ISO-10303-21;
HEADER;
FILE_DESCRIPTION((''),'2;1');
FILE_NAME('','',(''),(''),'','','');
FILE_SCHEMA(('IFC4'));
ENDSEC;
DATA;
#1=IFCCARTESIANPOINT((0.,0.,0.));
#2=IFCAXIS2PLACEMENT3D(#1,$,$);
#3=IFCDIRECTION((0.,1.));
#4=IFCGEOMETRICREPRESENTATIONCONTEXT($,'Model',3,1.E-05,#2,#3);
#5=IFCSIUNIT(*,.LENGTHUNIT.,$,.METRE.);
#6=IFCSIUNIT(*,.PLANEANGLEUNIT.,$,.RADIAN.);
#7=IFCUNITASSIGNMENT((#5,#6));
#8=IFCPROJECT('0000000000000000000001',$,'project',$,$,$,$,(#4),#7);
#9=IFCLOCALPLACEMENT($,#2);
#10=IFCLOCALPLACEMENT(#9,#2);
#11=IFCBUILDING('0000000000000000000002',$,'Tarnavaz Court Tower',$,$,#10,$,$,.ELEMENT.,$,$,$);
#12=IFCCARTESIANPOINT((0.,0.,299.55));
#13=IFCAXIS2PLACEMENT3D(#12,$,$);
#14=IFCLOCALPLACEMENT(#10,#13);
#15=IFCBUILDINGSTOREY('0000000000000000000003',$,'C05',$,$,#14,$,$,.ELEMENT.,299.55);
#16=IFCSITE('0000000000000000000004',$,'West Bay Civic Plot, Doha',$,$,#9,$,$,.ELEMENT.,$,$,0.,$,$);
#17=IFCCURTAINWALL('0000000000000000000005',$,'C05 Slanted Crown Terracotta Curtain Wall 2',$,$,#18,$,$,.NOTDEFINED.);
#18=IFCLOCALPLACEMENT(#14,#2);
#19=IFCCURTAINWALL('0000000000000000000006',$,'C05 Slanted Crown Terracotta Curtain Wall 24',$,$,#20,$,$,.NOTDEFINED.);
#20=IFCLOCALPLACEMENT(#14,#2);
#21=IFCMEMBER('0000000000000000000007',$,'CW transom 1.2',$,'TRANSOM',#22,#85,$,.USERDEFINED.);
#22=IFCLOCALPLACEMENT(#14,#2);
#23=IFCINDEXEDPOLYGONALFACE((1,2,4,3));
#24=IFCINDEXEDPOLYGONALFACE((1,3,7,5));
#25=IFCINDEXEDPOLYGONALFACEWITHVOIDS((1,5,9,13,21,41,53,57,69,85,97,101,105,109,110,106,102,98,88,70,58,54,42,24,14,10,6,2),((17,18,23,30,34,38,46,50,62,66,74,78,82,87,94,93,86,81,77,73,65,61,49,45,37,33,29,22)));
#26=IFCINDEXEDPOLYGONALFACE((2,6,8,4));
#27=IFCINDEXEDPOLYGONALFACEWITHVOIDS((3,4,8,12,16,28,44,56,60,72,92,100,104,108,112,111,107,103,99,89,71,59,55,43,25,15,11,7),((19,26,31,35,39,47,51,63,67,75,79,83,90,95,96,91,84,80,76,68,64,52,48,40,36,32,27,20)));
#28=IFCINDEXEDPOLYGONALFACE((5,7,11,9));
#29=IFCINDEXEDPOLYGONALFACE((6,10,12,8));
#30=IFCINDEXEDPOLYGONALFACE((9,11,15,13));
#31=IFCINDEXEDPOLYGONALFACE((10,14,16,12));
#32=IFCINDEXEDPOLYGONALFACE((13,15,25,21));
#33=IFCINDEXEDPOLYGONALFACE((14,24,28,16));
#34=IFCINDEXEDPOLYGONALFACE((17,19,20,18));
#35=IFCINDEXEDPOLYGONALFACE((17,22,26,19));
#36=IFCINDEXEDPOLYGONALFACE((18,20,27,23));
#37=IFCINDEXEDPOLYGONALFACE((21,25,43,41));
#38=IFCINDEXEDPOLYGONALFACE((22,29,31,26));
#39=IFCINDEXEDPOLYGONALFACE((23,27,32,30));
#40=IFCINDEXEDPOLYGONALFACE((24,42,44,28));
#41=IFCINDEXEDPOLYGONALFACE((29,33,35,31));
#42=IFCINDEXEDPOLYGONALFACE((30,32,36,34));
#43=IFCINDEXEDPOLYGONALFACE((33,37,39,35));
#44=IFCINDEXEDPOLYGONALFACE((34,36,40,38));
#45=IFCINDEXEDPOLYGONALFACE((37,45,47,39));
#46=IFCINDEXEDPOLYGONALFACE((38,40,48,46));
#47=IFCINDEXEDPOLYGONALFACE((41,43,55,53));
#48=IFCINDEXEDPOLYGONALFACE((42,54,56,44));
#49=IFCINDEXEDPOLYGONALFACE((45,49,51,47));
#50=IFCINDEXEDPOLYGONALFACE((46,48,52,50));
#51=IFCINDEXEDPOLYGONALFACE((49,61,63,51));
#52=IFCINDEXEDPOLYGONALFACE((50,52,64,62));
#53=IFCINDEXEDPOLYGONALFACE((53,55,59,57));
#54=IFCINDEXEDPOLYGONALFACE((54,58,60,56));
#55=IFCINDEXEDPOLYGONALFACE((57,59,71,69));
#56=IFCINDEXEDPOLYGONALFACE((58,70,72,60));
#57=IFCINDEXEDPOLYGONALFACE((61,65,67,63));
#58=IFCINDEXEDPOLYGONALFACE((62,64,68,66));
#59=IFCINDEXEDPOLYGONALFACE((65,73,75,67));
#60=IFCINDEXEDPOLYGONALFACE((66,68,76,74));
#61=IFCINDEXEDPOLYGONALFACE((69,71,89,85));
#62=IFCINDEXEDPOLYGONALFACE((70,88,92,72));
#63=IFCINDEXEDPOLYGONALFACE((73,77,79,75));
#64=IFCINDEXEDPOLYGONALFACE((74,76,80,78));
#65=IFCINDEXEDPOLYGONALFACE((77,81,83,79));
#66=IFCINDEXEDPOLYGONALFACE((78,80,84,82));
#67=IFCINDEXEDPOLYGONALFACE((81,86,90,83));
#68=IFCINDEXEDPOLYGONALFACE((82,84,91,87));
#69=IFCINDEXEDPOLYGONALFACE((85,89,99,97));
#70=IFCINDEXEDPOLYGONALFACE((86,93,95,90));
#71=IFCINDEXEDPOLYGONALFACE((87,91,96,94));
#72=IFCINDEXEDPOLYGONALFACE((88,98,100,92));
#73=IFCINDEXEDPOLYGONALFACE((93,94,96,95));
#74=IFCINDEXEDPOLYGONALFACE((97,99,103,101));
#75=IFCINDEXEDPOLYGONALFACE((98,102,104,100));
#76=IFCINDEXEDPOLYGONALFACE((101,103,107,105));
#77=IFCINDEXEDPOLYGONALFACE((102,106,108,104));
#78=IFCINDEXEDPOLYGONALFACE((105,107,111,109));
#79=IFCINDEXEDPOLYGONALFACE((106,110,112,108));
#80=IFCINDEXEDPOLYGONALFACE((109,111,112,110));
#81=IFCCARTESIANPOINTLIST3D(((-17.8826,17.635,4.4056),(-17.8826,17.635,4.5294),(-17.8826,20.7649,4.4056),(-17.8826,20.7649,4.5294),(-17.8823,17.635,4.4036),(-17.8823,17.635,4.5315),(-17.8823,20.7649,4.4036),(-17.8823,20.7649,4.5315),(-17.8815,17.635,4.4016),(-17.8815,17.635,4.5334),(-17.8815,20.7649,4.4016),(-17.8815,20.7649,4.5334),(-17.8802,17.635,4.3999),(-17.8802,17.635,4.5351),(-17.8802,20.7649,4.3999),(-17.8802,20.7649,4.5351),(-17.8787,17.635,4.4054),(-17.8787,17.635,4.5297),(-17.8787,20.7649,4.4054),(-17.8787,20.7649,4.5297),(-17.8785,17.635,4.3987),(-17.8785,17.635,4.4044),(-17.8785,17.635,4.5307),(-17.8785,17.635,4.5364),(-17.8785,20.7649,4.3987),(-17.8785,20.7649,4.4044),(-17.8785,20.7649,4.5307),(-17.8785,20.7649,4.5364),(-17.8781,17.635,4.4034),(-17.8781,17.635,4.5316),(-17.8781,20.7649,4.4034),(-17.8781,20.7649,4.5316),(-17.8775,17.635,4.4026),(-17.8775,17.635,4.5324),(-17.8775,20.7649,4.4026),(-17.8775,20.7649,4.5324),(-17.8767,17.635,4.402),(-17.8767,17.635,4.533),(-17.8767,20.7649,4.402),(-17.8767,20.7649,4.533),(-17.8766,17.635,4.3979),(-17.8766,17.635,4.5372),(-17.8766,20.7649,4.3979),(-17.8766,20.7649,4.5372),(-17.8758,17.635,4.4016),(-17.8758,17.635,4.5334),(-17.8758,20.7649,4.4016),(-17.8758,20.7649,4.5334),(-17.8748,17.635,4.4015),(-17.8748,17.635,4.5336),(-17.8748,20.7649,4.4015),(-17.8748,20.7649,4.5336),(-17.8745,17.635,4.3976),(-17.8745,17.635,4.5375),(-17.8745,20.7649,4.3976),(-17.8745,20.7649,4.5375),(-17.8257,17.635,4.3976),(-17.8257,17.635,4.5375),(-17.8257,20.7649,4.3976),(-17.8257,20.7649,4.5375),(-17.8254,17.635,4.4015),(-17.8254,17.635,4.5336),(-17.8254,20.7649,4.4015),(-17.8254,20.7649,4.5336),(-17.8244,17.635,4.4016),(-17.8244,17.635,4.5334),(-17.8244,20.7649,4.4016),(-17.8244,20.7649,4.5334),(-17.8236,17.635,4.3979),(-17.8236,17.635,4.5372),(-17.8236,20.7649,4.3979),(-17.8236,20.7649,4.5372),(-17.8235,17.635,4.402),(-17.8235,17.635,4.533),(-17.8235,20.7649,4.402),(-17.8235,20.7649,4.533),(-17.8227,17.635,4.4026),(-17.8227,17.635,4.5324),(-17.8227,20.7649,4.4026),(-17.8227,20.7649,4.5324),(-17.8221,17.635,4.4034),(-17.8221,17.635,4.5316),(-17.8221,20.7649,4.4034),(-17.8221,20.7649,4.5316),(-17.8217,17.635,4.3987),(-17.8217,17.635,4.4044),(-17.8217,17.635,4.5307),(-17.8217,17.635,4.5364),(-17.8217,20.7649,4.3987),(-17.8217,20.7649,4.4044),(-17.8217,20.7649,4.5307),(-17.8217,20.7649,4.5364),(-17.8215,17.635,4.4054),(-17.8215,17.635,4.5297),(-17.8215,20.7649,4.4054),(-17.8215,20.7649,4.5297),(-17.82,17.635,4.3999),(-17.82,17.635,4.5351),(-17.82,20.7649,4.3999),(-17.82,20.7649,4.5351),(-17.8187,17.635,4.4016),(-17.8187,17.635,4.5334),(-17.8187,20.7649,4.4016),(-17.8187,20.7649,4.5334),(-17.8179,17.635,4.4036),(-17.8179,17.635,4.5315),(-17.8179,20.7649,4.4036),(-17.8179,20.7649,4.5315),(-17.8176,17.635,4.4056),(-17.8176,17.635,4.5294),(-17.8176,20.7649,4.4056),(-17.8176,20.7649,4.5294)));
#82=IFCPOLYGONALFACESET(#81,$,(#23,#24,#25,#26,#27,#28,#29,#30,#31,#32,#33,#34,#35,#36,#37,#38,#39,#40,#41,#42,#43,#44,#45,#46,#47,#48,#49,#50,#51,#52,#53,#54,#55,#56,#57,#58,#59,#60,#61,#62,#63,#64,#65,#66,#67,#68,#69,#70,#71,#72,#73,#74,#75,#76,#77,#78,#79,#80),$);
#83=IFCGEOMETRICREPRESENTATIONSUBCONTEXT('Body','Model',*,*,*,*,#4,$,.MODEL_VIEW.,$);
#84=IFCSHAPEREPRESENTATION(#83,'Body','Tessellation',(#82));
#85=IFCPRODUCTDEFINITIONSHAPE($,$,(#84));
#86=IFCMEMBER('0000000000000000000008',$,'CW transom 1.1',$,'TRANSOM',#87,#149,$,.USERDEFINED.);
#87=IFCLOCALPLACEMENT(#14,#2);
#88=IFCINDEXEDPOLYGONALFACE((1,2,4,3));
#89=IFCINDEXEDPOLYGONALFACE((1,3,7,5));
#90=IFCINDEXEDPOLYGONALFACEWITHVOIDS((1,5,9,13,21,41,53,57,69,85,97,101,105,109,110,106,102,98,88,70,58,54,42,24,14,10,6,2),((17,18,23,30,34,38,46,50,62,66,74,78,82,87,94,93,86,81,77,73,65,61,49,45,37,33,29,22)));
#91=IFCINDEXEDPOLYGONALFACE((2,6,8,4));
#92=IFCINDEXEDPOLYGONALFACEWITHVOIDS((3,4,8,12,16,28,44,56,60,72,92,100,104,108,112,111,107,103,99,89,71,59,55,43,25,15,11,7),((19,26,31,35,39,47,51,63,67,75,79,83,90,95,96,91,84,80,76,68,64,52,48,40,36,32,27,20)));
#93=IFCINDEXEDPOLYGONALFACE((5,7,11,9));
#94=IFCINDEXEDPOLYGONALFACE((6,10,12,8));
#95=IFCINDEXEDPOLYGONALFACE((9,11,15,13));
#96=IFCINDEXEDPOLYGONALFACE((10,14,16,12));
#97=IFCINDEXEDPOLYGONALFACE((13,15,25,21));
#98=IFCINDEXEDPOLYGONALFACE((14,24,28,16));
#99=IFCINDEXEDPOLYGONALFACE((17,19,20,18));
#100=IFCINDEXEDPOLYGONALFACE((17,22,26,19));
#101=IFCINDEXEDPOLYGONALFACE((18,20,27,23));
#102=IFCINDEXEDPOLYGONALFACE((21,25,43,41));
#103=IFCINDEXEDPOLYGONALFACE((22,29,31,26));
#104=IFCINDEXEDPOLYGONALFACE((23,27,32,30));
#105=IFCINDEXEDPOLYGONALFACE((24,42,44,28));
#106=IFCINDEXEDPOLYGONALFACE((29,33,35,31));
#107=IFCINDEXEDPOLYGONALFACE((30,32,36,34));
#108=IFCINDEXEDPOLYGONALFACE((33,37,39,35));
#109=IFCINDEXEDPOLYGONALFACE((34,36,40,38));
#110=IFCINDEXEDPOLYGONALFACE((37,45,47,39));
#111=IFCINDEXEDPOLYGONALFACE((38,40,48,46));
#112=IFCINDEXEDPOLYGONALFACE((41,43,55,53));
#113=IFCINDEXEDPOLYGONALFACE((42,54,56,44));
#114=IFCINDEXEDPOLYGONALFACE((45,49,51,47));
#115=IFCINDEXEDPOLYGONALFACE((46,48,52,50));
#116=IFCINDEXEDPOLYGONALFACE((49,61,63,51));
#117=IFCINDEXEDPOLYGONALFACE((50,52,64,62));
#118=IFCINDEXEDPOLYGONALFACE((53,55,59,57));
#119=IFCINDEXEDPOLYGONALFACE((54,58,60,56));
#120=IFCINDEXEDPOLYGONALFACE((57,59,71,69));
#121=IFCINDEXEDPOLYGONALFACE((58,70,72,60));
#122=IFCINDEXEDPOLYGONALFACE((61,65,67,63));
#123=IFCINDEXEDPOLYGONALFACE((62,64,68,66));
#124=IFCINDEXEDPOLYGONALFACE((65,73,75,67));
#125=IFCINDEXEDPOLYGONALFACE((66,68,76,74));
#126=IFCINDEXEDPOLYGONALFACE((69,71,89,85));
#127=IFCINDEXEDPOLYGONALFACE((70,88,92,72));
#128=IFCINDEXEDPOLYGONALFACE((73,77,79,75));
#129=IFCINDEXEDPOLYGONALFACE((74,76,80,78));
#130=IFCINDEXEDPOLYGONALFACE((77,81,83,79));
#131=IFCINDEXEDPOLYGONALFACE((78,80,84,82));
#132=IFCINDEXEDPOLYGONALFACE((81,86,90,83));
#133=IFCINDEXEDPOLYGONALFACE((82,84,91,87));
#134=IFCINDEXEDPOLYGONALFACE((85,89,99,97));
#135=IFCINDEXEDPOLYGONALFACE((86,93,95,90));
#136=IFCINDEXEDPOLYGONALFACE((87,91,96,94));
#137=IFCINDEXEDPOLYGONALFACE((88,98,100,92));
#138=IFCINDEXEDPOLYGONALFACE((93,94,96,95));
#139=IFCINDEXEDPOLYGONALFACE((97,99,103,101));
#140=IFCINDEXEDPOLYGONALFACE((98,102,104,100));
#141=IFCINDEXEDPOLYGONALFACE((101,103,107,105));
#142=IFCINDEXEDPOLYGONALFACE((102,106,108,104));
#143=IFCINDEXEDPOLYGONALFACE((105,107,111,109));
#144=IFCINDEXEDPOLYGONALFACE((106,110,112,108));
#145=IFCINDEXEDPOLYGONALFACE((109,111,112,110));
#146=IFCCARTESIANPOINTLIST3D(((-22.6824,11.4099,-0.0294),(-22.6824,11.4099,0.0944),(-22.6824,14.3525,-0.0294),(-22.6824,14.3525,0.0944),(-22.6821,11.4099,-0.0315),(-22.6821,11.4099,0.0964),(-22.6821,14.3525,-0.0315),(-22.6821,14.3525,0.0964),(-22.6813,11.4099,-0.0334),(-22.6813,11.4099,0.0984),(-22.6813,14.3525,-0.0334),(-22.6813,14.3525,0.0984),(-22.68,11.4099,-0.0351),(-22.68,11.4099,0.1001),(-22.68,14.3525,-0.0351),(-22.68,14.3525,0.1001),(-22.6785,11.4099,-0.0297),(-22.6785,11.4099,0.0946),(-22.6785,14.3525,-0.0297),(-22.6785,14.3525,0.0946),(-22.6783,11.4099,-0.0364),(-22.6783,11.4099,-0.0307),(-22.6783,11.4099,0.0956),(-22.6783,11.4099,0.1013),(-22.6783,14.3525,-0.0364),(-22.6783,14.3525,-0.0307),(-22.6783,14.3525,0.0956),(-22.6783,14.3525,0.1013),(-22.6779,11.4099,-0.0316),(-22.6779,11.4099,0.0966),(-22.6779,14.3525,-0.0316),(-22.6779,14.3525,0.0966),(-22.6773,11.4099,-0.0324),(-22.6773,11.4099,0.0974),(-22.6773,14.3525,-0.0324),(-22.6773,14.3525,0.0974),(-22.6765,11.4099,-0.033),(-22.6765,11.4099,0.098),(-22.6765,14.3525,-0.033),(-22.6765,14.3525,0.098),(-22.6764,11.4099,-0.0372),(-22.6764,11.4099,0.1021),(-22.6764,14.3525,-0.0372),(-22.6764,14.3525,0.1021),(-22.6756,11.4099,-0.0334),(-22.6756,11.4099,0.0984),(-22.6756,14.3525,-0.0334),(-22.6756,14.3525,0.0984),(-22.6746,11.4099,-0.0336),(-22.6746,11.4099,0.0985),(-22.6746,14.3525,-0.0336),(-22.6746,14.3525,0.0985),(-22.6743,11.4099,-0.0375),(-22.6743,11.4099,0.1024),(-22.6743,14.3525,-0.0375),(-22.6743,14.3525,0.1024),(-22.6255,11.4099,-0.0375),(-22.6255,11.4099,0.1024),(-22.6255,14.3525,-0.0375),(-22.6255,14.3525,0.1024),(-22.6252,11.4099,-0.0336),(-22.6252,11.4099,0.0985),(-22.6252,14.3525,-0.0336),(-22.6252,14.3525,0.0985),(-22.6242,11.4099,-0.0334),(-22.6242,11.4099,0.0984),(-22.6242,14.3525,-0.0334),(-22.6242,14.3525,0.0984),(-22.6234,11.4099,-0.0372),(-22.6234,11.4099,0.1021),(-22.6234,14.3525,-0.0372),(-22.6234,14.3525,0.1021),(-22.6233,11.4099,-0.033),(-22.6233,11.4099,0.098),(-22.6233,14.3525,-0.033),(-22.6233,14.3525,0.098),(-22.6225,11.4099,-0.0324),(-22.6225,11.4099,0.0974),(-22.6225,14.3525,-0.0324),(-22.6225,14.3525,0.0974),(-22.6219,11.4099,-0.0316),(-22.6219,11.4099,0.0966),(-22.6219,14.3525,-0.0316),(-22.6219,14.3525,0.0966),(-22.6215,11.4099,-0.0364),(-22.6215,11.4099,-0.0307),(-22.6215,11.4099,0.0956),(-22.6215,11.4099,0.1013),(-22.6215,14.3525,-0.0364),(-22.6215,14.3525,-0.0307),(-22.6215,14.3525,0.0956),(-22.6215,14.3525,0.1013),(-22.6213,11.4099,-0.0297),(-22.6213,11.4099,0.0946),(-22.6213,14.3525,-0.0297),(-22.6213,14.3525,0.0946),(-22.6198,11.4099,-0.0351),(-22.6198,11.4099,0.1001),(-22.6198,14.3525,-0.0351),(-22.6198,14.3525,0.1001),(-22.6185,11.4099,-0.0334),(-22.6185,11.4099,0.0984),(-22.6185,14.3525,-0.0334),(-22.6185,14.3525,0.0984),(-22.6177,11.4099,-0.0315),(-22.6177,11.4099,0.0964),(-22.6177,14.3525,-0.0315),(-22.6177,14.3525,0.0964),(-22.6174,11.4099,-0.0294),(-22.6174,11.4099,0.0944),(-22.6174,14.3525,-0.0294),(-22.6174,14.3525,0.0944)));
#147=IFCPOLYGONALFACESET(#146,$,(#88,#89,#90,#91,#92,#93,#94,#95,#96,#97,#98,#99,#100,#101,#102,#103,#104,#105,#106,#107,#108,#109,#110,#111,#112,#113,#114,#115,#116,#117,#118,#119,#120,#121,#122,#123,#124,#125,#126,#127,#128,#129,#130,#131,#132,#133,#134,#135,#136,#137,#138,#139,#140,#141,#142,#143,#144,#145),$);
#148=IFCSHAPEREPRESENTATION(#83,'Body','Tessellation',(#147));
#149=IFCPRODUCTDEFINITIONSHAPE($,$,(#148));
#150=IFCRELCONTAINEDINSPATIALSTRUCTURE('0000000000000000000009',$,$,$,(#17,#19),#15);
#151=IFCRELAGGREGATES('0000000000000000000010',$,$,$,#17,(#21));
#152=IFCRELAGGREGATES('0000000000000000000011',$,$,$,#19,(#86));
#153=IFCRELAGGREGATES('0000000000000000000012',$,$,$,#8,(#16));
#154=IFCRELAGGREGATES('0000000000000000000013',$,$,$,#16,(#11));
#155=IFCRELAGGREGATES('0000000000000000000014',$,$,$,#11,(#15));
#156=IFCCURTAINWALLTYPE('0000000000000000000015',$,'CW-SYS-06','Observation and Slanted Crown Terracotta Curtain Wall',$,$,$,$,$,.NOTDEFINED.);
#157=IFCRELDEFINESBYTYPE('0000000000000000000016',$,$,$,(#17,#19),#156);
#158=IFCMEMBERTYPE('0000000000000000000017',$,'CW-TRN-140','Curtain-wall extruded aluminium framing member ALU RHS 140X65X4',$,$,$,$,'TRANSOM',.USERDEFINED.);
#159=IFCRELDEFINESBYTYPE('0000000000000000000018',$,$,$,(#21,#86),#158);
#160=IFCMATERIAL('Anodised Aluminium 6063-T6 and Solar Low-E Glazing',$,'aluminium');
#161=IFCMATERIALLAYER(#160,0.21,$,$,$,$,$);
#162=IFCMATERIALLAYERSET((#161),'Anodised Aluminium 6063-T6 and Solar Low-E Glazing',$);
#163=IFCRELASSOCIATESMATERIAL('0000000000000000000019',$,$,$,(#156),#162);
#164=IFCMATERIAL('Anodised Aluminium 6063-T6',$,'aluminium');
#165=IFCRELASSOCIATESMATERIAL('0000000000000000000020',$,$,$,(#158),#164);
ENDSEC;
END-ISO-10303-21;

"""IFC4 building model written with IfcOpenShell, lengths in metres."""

from ifc_helpers import new_model, si_unit, direction, frame, origin, origin_2d, place, context, subcontext, project, spatial, hollow_rectangle, extrude, material, layer, layer_set, material_profile, profile_set, type_object, element, aggregate, save


model = new_model("IFC4")

# Units and contexts
model_context = context("Model", 3, precision=1e-05, world=origin(), true_north=direction((0.0, 1.0)))
body_context = subcontext(model_context, "Body", "Model", "MODEL_VIEW")
ifc_project = project(units=[si_unit("LENGTHUNIT", "METRE"), si_unit("PLANEANGLEUNIT", "RADIAN")], contexts=[model_context])

# Site, building, storey
site_placement = place(None, origin())
site = spatial("IfcSite", under=ifc_project, at=site_placement, Name="West Bay Civic Plot, Doha", CompositionType="ELEMENT", RefElevation=0.0)
building_placement = place(site_placement, origin())
building = spatial("IfcBuilding", under=site, at=building_placement, Name="Tarnavaz Court Tower", CompositionType="ELEMENT")
storey_placement = place(building_placement, frame((0.0, 0.0, 299.55)))
storey = spatial("IfcBuildingStorey", under=building, at=storey_placement, Name="C05", CompositionType="ELEMENT", Elevation=299.55)

# Shared definitions
ifc_material_1 = material(Name="Anodised Aluminium 6063-T6 and Solar Low-E Glazing", Category="aluminium")
ifc_layer_1 = layer(ifc_material_1, 0.21)
ifc_layer_set_1 = layer_set([ifc_layer_1], Name="Anodised Aluminium 6063-T6 and Solar Low-E Glazing")
curtain_wall_type = type_object("IfcCurtainWallType", Name="CW-SYS-06", Description="Observation and Slanted Crown Terracotta Curtain Wall", PredefinedType="NOTDEFINED", material=ifc_layer_set_1)
ifc_material_2 = material(Name="Anodised Aluminium 6063-T6", Category="aluminium")

# Curtain wall
curtain_wall_1_placement = place(storey_placement, origin())
curtain_wall_1 = element("IfcCurtainWall", 1, at=curtain_wall_1_placement, inside=storey, type_object=curtain_wall_type, Name="C05 Slanted Crown Terracotta Curtain Wall 2", PredefinedType="NOTDEFINED")

# Curtain wall
curtain_wall_2_placement = place(storey_placement, origin())
curtain_wall_2 = element("IfcCurtainWall", 2, at=curtain_wall_2_placement, inside=storey, type_object=curtain_wall_type, Name="C05 Slanted Crown Terracotta Curtain Wall 24", PredefinedType="NOTDEFINED")

# Members
ifc_material_profile_1 = material_profile(ifc_material_2, hollow_rectangle(XDim=0.0649, YDim=0.1399, WallThickness=0.0039, InnerFilletRadius=0.0039, OuterFilletRadius=0.0081, at=origin_2d()), Name="ALU RHS 140X65X4")
ifc_profile_set_1 = profile_set([ifc_material_profile_1], Name="Anodised Aluminium 6063-T6")
member_type_1 = type_object("IfcMemberType", Name="CW-TRN-140", Description="Curtain-wall extruded aluminium framing member ALU RHS 140X65X4", ElementType="TRANSOM", PredefinedType="USERDEFINED", material=ifc_profile_set_1)
member_1_placement = place(storey_placement, frame((-17.8501, 17.635, 4.4675), z_axis=(0.0, 1.0, 0.0), x_axis=(-1.0, 0.0, 0.0)))
member_1 = element("IfcMember", 3, at=member_1_placement, type_object=member_type_1, Name="CW transom 1.2", ObjectType="TRANSOM", PredefinedType="USERDEFINED", context=body_context, shape_type="SweptSolid", body=[
    extrude(hollow_rectangle(XDim=0.0649, YDim=0.1399, WallThickness=0.0039, InnerFilletRadius=0.0039, OuterFilletRadius=0.0081, at=origin_2d()), origin(), (0.0, 0.0, 1.0), 3.1299),
])
member_2_placement = place(storey_placement, frame((-22.6499, 11.4099, 0.0325), z_axis=(0.0, 1.0, 0.0), x_axis=(-1.0, 0.0, 0.0)))
member_2 = element("IfcMember", 4, at=member_2_placement, type_object=member_type_1, Name="CW transom 1.1", ObjectType="TRANSOM", PredefinedType="USERDEFINED", context=body_context, shape_type="SweptSolid", body=[
    extrude(hollow_rectangle(XDim=0.0649, YDim=0.1399, WallThickness=0.0039, InnerFilletRadius=0.0039, OuterFilletRadius=0.0081, at=origin_2d()), origin(), (0.0, 0.0, 1.0), 2.9426),
])

aggregate(curtain_wall_1, [member_1])
aggregate(curtain_wall_2, [member_2])

save(model, "model.ifc")
